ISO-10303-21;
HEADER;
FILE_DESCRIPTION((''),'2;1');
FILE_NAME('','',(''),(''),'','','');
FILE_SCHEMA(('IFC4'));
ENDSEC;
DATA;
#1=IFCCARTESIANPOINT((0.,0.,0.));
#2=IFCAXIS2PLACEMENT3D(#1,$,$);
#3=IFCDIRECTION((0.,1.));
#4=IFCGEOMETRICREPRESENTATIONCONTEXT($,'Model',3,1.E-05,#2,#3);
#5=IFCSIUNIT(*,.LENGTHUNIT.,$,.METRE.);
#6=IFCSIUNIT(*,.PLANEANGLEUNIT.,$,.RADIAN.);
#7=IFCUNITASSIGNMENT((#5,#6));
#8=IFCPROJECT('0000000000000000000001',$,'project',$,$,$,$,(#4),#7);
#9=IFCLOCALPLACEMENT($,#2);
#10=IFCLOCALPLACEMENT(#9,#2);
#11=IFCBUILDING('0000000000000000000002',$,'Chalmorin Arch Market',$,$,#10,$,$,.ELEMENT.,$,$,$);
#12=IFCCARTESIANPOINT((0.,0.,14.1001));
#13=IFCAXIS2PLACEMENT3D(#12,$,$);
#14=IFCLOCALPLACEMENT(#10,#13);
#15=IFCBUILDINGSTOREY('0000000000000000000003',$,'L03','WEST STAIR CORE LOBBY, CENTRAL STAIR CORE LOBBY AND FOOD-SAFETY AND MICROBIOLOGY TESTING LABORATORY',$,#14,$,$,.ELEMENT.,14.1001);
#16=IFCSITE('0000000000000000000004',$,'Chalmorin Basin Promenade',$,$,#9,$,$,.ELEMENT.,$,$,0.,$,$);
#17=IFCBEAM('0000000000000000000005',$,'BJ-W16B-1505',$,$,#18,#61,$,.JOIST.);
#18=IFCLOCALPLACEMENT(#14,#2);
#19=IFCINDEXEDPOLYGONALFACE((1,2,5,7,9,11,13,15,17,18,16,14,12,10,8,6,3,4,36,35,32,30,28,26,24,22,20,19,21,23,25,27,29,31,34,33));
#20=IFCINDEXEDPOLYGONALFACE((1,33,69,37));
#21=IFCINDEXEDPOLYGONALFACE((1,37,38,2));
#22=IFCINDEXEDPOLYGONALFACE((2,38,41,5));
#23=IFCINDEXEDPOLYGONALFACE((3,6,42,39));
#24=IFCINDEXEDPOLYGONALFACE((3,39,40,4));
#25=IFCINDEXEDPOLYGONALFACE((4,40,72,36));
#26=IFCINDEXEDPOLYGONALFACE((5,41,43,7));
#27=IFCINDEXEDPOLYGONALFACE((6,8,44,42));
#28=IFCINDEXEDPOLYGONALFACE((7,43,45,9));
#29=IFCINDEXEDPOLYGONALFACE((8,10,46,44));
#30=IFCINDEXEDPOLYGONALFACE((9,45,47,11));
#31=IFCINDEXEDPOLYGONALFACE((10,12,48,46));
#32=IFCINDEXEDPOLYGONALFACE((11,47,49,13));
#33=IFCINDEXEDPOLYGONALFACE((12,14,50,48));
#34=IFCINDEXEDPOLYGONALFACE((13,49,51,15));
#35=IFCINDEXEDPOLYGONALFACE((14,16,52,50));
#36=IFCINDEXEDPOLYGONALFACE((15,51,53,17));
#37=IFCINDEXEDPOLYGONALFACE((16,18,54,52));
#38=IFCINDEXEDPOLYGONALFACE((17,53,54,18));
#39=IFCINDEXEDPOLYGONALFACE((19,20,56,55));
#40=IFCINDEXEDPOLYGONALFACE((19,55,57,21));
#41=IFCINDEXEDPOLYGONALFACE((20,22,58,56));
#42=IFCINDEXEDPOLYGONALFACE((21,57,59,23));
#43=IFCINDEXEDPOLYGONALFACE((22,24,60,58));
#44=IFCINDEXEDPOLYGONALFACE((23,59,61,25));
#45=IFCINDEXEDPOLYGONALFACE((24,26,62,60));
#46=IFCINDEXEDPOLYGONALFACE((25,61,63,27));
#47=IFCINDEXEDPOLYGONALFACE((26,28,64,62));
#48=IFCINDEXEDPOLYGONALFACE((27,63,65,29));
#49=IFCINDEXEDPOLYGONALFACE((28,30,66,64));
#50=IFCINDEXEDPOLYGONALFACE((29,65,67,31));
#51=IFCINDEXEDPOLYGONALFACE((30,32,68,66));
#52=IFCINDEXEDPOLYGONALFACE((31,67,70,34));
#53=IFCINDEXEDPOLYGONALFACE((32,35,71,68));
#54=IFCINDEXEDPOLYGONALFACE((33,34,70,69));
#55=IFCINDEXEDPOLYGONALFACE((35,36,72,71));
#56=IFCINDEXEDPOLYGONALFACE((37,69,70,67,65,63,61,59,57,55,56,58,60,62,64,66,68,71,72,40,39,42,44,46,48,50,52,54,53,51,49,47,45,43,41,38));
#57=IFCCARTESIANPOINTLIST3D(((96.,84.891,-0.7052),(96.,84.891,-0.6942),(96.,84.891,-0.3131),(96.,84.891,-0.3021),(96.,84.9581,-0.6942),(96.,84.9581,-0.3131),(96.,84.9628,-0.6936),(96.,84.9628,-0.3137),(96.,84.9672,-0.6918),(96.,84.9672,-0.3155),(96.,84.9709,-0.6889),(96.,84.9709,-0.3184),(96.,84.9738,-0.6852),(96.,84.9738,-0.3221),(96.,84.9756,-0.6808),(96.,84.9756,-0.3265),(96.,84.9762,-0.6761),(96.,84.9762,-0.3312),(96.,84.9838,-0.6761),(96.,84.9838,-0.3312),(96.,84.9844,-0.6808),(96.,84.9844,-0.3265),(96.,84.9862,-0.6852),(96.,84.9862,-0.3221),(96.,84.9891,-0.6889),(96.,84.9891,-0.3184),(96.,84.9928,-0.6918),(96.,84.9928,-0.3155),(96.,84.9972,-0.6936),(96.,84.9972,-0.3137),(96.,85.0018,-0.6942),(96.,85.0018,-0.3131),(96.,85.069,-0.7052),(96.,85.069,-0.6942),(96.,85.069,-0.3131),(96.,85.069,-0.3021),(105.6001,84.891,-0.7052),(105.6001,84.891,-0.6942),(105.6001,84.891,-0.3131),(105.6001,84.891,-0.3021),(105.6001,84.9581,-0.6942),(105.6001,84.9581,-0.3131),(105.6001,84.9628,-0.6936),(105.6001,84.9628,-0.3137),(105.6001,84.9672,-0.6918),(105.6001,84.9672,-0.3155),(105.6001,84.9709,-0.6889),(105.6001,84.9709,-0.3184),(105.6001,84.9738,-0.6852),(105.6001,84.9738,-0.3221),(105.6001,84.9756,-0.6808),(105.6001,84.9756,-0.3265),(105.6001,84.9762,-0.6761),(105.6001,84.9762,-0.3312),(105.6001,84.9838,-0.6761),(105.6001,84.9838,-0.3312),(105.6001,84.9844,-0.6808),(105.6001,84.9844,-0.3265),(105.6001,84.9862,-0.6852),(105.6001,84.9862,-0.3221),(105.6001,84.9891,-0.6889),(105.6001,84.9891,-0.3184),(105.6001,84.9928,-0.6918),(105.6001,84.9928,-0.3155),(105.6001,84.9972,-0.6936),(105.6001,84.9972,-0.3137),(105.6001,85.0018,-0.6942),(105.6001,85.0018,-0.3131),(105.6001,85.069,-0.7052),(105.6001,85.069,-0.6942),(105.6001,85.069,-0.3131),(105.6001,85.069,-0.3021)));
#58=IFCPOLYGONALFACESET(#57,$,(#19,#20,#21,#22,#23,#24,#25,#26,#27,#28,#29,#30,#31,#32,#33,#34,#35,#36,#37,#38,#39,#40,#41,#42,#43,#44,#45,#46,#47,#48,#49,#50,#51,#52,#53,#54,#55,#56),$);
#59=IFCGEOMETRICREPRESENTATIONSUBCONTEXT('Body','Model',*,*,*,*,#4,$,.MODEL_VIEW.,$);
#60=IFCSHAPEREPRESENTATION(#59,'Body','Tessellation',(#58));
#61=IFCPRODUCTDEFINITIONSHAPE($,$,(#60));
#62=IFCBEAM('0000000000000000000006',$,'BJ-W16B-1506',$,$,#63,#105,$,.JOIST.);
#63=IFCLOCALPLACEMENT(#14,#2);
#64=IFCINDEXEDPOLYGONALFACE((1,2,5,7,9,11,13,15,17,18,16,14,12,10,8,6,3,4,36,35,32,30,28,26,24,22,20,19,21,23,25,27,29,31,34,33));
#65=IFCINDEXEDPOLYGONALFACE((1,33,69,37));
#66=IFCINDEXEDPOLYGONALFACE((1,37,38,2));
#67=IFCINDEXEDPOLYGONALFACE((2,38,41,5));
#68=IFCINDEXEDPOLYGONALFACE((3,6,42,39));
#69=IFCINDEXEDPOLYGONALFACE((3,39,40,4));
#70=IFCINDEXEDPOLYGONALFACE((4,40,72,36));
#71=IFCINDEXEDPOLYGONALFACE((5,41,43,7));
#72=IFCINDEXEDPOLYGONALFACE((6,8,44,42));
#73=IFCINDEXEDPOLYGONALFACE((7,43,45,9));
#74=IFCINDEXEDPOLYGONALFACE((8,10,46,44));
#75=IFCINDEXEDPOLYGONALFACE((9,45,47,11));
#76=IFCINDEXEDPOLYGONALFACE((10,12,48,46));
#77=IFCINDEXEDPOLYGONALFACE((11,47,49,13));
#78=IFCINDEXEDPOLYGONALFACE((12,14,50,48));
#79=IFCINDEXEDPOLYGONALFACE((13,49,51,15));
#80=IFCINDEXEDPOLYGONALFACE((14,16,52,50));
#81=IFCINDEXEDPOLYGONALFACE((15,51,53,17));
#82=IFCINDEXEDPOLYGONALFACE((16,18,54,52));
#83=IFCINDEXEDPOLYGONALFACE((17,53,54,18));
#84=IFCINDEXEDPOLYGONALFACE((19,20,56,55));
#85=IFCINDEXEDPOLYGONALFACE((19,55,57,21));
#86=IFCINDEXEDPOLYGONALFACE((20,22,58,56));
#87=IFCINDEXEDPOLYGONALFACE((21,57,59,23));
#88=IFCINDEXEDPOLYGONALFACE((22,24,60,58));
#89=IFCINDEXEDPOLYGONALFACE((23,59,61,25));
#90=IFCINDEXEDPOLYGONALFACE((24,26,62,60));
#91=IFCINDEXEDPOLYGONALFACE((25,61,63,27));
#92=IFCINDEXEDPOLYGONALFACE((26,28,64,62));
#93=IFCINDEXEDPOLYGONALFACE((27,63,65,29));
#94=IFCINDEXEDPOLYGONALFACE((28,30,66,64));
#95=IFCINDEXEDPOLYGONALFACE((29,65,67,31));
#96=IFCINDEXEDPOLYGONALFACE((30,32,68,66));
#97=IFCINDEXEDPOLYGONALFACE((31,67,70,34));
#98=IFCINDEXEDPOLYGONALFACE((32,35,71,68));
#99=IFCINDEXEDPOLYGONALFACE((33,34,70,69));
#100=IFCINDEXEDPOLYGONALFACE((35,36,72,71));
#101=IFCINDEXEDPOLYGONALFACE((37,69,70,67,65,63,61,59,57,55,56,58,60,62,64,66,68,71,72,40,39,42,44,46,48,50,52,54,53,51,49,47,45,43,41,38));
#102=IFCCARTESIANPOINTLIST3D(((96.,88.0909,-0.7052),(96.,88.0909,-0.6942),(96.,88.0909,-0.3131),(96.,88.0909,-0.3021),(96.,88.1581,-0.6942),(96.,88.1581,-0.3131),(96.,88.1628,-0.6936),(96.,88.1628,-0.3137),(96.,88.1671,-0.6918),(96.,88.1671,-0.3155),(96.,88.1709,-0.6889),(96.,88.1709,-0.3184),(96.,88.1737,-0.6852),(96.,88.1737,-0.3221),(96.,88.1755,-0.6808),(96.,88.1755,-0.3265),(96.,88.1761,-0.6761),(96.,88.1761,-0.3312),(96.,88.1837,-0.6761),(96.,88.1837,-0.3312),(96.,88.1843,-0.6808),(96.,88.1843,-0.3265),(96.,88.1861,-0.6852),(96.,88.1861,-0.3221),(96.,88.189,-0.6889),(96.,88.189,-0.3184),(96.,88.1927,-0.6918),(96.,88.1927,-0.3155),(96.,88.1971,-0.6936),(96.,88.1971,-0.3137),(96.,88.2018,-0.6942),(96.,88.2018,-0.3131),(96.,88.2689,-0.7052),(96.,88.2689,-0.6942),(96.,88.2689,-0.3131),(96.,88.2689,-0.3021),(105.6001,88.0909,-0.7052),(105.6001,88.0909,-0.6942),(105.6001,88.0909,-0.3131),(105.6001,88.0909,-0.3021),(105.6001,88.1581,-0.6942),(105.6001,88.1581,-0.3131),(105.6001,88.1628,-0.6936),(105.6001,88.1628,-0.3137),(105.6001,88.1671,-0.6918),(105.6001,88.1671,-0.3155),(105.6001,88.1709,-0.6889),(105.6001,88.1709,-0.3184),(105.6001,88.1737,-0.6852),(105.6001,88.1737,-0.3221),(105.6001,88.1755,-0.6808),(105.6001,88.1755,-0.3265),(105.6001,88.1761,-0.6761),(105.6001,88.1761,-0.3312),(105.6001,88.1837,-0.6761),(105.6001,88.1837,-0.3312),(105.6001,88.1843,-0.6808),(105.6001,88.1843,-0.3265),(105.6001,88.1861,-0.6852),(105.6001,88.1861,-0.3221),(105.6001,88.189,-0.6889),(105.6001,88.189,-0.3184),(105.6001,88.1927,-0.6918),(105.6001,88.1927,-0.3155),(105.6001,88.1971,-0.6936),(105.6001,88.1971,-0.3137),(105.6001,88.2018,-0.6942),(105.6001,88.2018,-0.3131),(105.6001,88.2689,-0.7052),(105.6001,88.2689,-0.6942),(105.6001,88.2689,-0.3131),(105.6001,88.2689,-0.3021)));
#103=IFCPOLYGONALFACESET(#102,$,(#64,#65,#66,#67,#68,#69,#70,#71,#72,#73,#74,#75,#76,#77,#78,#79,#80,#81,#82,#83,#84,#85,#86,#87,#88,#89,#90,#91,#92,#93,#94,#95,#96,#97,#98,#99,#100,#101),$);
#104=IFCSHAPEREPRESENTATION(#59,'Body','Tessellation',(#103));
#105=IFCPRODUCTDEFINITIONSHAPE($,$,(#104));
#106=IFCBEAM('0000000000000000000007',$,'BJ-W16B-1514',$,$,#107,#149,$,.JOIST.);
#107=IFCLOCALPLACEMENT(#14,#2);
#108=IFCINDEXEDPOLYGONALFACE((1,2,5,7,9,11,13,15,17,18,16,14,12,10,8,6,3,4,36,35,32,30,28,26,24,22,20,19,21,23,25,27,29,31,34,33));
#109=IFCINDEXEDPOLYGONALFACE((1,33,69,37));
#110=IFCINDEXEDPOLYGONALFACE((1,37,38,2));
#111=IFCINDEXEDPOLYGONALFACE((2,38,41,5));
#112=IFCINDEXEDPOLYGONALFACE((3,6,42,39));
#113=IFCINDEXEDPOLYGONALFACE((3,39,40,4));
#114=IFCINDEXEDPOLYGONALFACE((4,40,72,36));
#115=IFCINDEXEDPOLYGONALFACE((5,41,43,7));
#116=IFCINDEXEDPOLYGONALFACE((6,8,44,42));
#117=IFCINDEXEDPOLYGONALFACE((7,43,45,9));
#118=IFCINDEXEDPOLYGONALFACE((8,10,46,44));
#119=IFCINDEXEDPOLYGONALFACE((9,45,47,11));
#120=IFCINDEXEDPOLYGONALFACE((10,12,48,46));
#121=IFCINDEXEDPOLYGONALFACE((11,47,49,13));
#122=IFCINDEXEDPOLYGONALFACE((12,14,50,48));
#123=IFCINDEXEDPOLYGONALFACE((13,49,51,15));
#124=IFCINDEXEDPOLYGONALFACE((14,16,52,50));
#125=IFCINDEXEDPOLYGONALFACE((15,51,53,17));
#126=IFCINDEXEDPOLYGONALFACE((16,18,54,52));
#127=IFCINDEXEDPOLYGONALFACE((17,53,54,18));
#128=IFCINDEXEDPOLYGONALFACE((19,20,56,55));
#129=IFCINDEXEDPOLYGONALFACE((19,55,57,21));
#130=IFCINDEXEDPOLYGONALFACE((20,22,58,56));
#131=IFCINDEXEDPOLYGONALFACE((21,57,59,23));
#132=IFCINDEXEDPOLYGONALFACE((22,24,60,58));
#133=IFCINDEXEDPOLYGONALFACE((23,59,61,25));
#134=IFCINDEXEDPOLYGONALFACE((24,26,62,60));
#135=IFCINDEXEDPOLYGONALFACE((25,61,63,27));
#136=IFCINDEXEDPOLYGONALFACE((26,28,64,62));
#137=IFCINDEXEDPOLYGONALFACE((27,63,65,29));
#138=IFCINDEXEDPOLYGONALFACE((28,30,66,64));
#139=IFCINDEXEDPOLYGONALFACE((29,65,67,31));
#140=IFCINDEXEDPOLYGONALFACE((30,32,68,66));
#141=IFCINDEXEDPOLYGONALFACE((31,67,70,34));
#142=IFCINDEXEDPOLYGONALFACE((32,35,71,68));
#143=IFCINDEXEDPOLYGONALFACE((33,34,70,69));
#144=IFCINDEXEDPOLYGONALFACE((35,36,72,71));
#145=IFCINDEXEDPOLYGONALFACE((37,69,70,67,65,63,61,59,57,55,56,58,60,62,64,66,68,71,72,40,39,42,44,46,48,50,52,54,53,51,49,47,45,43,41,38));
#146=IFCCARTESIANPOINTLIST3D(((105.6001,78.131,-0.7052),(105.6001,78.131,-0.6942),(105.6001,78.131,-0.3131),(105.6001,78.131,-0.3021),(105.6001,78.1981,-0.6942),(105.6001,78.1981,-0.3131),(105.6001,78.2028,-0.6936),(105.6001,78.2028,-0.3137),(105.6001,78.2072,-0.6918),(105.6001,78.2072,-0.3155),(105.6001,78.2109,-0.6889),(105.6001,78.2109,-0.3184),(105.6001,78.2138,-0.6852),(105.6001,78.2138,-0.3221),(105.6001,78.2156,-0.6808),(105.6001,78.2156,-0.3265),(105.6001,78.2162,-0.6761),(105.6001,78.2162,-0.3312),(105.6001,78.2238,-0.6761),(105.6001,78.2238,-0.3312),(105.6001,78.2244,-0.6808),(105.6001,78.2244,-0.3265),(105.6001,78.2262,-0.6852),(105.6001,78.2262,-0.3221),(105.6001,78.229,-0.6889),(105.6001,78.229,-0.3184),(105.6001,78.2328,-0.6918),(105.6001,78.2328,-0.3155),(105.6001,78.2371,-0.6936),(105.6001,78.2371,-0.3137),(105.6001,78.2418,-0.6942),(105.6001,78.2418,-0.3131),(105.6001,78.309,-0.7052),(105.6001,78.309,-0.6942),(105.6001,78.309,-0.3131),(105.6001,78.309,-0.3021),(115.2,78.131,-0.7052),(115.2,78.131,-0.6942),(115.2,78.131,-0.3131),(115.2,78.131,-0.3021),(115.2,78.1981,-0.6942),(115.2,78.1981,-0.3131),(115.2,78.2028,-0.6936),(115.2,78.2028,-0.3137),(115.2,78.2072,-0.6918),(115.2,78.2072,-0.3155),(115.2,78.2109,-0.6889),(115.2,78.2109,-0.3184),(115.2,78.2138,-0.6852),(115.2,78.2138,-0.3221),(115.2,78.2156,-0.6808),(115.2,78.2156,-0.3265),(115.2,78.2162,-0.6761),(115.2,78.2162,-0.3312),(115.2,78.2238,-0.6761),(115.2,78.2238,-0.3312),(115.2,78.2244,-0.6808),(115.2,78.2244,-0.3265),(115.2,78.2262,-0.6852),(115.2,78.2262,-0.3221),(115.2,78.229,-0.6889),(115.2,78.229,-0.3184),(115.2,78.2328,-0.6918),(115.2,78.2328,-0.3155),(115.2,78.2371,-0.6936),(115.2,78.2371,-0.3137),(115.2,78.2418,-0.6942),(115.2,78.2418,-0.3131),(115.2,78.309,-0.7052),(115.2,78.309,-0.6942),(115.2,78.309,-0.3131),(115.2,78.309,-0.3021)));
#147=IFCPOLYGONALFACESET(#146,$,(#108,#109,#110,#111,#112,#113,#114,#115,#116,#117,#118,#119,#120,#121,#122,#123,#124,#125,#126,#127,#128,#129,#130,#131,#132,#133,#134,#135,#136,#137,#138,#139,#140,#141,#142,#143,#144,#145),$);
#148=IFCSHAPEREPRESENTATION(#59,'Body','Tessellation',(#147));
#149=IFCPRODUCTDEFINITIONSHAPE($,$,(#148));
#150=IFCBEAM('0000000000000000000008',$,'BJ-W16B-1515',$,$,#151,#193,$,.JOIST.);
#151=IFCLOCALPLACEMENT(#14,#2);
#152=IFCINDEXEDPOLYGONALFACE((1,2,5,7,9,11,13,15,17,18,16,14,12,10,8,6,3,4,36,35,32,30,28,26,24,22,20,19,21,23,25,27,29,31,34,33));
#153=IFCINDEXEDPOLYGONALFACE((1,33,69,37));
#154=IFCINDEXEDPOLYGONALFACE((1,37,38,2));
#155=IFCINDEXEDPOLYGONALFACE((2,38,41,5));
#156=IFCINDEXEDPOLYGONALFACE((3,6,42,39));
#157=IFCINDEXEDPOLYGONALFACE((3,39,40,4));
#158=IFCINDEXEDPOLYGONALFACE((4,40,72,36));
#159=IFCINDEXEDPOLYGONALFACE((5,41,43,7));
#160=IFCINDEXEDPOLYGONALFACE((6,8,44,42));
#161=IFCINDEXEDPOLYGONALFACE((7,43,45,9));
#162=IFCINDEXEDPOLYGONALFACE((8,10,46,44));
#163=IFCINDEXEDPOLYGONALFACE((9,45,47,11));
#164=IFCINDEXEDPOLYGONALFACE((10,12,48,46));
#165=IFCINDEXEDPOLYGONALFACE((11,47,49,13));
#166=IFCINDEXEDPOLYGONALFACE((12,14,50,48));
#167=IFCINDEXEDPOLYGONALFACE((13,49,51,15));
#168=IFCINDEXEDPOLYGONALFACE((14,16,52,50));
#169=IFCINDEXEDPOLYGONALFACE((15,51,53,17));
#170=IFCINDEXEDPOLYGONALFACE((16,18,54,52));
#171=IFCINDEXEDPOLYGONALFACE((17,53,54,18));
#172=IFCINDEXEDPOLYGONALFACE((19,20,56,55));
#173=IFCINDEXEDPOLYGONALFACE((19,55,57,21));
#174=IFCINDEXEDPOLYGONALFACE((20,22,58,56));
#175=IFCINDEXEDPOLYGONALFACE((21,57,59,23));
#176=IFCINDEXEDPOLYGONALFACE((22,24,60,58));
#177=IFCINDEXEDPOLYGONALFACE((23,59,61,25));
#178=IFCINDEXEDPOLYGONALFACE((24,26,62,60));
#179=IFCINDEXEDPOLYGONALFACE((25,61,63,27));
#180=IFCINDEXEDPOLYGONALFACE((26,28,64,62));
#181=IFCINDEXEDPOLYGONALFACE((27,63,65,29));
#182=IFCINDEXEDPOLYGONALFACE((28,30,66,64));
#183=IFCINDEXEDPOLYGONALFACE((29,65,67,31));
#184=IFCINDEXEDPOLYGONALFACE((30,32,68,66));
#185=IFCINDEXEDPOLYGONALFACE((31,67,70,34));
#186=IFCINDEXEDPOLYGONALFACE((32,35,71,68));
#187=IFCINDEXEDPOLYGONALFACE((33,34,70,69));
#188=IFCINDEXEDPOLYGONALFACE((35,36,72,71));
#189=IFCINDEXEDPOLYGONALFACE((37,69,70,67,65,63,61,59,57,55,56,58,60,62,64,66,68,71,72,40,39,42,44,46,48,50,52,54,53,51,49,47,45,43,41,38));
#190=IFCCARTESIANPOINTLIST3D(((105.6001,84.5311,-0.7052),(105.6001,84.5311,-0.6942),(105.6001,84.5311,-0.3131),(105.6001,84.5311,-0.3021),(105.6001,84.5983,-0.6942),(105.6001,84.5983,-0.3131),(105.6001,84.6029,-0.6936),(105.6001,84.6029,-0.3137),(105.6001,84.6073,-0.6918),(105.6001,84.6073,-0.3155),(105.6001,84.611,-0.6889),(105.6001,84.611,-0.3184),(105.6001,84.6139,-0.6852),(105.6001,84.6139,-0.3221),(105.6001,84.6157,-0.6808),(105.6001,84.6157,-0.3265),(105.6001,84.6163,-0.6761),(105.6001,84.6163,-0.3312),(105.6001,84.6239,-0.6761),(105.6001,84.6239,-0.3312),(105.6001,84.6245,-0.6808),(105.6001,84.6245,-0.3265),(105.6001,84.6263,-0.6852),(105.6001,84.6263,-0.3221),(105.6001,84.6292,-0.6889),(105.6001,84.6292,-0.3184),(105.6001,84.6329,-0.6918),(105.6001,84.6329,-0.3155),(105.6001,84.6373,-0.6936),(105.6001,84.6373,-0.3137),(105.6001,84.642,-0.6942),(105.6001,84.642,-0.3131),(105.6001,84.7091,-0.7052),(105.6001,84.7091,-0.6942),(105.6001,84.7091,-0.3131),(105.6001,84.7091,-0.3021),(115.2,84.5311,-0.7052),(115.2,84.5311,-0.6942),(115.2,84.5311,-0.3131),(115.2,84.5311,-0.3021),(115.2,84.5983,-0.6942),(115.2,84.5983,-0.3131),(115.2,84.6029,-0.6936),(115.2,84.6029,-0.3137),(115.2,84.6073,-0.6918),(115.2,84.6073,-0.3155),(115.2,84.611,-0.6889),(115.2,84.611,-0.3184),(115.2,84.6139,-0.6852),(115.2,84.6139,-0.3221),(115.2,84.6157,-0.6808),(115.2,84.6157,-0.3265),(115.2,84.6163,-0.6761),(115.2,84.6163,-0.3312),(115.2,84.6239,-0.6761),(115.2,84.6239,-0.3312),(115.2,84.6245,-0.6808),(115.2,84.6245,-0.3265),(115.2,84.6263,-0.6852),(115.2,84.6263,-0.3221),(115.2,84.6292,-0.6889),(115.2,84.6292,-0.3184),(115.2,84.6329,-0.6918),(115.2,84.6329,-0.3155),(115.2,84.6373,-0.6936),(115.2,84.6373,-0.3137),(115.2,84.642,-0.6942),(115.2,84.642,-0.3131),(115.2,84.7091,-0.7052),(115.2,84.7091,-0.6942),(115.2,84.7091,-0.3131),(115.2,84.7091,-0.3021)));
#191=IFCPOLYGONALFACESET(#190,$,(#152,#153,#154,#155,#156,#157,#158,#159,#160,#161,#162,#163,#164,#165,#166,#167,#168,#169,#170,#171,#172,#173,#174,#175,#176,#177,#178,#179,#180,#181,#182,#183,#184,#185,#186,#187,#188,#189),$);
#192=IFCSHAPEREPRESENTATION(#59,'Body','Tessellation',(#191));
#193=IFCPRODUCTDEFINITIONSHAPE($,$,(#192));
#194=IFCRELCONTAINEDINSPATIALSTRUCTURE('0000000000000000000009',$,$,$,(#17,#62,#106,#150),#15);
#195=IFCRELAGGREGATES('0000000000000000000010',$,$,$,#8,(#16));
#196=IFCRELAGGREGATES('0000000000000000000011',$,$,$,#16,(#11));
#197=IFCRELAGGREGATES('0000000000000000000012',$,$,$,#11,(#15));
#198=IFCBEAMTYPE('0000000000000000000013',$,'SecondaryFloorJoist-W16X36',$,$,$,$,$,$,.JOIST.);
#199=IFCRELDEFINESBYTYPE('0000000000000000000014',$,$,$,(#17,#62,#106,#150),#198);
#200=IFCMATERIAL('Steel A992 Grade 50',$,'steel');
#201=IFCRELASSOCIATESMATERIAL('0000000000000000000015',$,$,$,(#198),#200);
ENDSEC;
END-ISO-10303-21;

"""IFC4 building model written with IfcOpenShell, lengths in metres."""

from ifc_helpers import new_model, si_unit, direction, frame, origin, origin_2d, place, context, subcontext, project, spatial, i_section, extrude, material, material_profile, profile_set, type_object, element, save


model = new_model("IFC4")

# Units and contexts
model_context = context("Model", 3, precision=1e-05, world=origin(), true_north=direction((0.0, 1.0)))
body_context = subcontext(model_context, "Body", "Model", "MODEL_VIEW")
ifc_project = project(units=[si_unit("LENGTHUNIT", "METRE"), si_unit("PLANEANGLEUNIT", "RADIAN")], contexts=[model_context])

# Site, building, storey
site_placement = place(None, origin())
site = spatial("IfcSite", under=ifc_project, at=site_placement, Name="Chalmorin Basin Promenade", CompositionType="ELEMENT", RefElevation=0.0)
building_placement = place(site_placement, origin())
building = spatial("IfcBuilding", under=site, at=building_placement, Name="Chalmorin Arch Market", CompositionType="ELEMENT")
storey_placement = place(building_placement, frame((0.0, 0.0, 14.1001)))
storey = spatial("IfcBuildingStorey", under=building, at=storey_placement, Name="L03", Description="WEST STAIR CORE LOBBY, CENTRAL STAIR CORE LOBBY AND FOOD-SAFETY AND MICROBIOLOGY TESTING LABORATORY", CompositionType="ELEMENT", Elevation=14.1001)

# Shared definitions
ifc_material_1 = material(Name="Steel A992 Grade 50", Category="steel")

# Beams
ifc_material_profile_1 = material_profile(ifc_material_1, i_section(OverallWidth=0.178, OverallDepth=0.4031, WebThickness=0.0076, FlangeThickness=0.011, FilletRadius=0.0181, at=origin_2d()), Name="W16X36")
ifc_profile_set_1 = profile_set([ifc_material_profile_1], Name="Steel A992 Grade 50")
beam_type_1 = type_object("IfcBeamType", Name="SecondaryFloorJoist-W16X36", PredefinedType="JOIST", material=ifc_profile_set_1)
for number, where, z_axis, x_axis, name in (
    (1, (96.0, 84.98, -0.5037), (1.0, 0.0, 0.0), (0.0, 1.0, 0.0), "BJ-W16B-1505"),
    (2, (96.0, 88.1799, -0.5037), (1.0, 0.0, 0.0), (0.0, 1.0, 0.0), "BJ-W16B-1506"),
):
    element("IfcBeam", number, at=place(storey_placement, frame(where, z_axis=z_axis, x_axis=x_axis)), inside=storey, type_object=beam_type_1, Name=name, PredefinedType="JOIST", context=body_context, shape_type="SweptSolid", body=[
        extrude(i_section(OverallWidth=0.178, OverallDepth=0.4031, WebThickness=0.0076, FlangeThickness=0.011, FilletRadius=0.0181, at=origin_2d()), origin(), (0.0, 0.0, 1.0), 9.6001),
    ])
for number, where, z_axis, x_axis, name in (
    (3, (105.6001, 78.22, -0.5037), (1.0, 0.0, 0.0), (0.0, 1.0, 0.0), "BJ-W16B-1514"),
    (4, (105.6001, 84.6201, -0.5037), (1.0, 0.0, 0.0), (0.0, 1.0, 0.0), "BJ-W16B-1515"),
):
    element("IfcBeam", number, at=place(storey_placement, frame(where, z_axis=z_axis, x_axis=x_axis)), inside=storey, type_object=beam_type_1, Name=name, PredefinedType="JOIST", context=body_context, shape_type="SweptSolid", body=[
        extrude(i_section(OverallWidth=0.178, OverallDepth=0.4031, WebThickness=0.0076, FlangeThickness=0.011, FilletRadius=0.0181, at=origin_2d()), origin(), (0.0, 0.0, 1.0), 9.5999),
    ])

save(model, "model.ifc")
